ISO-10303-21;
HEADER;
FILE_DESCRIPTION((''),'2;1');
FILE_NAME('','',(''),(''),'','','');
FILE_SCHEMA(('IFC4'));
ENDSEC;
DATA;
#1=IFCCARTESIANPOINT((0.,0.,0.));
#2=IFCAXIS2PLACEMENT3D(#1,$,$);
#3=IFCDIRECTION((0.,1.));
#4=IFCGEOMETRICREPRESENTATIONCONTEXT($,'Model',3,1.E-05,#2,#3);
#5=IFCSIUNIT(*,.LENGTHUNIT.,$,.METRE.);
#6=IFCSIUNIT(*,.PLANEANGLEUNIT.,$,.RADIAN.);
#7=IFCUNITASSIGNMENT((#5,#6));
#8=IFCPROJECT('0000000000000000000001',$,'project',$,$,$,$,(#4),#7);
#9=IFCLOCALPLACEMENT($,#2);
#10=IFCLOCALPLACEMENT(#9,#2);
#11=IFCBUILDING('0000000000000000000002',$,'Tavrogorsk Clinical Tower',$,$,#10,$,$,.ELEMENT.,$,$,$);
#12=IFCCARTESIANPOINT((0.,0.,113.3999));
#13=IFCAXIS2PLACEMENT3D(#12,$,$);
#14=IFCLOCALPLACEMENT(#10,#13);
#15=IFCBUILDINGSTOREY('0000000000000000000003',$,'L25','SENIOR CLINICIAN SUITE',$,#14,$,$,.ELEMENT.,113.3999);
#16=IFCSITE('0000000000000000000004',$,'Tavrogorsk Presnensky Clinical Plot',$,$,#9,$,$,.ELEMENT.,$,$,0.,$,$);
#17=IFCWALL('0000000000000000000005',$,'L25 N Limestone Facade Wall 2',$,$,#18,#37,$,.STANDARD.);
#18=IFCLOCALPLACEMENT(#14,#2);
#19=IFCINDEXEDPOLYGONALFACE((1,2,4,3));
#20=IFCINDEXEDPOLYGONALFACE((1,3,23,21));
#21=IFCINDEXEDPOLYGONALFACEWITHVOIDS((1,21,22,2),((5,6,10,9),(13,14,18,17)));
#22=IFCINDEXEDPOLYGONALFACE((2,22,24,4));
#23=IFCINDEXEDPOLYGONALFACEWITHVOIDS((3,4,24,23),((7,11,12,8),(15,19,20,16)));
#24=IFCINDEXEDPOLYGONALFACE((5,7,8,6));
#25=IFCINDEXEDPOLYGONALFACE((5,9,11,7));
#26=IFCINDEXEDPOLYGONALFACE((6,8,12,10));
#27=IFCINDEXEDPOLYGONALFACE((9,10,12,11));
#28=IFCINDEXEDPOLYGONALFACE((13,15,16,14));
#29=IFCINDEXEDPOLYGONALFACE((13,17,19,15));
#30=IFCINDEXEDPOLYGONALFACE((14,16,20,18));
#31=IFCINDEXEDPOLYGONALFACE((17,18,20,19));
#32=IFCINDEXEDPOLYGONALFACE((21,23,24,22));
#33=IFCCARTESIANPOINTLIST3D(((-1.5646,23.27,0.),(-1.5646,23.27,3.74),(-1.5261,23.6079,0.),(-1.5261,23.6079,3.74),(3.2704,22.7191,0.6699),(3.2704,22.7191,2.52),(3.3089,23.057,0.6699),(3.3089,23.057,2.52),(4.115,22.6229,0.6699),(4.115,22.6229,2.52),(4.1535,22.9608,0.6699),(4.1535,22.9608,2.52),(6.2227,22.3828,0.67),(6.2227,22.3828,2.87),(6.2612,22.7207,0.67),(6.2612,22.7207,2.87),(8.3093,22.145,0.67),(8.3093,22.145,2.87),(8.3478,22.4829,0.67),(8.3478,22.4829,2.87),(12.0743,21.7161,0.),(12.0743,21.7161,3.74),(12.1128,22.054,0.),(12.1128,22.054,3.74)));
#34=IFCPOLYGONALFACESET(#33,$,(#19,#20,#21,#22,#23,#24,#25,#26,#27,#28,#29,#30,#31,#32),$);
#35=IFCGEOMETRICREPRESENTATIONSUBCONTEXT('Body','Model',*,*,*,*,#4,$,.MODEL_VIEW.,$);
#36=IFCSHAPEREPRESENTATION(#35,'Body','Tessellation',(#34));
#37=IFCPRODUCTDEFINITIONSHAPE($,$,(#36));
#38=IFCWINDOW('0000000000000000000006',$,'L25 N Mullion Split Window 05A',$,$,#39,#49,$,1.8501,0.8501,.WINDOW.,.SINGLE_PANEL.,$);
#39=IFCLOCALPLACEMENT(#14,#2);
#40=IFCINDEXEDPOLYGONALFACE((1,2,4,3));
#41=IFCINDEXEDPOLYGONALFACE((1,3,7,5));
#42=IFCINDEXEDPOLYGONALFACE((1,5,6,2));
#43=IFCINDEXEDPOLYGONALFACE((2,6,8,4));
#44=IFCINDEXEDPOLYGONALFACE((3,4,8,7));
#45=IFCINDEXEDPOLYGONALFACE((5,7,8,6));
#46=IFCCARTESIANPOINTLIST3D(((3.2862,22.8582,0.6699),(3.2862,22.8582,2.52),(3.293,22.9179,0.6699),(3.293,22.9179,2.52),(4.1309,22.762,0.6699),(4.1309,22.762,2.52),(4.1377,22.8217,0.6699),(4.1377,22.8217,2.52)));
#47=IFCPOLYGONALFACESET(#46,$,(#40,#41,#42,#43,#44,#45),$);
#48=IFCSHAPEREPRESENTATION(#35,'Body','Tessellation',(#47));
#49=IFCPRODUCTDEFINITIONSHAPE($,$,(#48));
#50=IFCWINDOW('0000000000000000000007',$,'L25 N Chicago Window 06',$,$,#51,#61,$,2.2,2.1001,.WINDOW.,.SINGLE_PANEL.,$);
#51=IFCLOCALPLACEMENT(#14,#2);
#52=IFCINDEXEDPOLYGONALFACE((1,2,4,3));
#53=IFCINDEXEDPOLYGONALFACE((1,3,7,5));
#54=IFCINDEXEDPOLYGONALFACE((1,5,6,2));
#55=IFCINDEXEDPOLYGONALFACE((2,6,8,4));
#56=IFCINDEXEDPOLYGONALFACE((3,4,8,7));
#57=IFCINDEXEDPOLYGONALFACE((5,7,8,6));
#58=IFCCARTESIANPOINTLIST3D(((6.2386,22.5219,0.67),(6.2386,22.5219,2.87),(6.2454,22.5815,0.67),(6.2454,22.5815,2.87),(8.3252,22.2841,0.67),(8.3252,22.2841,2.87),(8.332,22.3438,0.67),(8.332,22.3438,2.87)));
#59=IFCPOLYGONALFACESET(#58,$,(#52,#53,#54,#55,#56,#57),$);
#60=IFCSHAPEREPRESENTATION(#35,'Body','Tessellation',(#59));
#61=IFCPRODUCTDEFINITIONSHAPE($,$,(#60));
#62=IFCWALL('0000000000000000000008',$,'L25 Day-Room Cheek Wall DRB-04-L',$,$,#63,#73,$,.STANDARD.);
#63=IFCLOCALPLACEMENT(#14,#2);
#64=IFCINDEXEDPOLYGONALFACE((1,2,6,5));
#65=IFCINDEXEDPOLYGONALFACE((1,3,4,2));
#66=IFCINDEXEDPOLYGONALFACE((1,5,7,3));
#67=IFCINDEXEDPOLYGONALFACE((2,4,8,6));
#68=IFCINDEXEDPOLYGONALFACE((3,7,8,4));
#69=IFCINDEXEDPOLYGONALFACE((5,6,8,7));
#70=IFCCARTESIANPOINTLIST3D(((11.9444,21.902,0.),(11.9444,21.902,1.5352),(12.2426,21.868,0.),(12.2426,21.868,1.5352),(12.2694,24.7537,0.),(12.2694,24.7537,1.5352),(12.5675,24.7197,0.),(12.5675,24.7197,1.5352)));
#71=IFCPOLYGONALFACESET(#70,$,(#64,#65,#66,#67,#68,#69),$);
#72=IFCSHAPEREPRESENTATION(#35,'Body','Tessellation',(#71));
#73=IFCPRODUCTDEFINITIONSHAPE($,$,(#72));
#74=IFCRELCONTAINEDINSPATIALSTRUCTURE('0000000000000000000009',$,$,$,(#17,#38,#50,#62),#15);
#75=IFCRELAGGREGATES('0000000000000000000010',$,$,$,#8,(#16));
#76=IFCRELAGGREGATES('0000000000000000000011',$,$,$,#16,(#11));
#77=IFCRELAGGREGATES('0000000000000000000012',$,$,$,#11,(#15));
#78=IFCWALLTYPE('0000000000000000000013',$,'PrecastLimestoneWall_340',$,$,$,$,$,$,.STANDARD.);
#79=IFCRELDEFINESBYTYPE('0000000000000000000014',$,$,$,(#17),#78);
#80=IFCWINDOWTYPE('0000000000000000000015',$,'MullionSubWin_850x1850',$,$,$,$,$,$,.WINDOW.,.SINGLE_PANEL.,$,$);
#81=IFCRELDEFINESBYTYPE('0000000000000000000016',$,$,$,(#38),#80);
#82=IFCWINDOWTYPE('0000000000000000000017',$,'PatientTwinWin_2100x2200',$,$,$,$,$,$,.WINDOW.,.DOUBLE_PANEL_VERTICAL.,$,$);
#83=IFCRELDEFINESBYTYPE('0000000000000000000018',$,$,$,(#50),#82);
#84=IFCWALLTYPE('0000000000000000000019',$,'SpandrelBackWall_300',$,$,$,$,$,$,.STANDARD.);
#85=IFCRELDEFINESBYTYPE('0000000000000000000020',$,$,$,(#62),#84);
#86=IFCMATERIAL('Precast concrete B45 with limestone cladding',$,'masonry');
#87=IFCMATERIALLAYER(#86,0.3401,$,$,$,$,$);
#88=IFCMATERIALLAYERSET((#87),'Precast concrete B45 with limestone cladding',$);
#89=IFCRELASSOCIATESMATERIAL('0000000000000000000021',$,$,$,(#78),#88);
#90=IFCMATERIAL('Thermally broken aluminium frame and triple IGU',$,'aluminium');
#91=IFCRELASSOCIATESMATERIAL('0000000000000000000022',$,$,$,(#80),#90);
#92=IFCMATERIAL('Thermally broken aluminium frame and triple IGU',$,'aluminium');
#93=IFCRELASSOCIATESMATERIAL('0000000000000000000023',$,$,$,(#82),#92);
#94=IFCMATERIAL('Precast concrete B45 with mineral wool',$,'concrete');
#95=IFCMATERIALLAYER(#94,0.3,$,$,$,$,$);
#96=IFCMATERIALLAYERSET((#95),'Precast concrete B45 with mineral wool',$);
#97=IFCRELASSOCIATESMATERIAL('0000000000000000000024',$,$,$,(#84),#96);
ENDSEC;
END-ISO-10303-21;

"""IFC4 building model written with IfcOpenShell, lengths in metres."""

from ifc_helpers import new_model, si_unit, direction, frame, frame_2d, origin, place, context, subcontext, project, spatial, rectangle, extrude, material, layer, layer_set, type_object, element, fill, save


model = new_model("IFC4")

# Units and contexts
model_context = context("Model", 3, precision=1e-05, world=origin(), true_north=direction((0.0, 1.0)))
body_context = subcontext(model_context, "Body", "Model", "MODEL_VIEW")
ifc_project = project(units=[si_unit("LENGTHUNIT", "METRE"), si_unit("PLANEANGLEUNIT", "RADIAN")], contexts=[model_context])

# Site, building, storey
site_placement = place(None, origin())
site = spatial("IfcSite", under=ifc_project, at=site_placement, Name="Tavrogorsk Presnensky Clinical Plot", CompositionType="ELEMENT", RefElevation=0.0)
building_placement = place(site_placement, origin())
building = spatial("IfcBuilding", under=site, at=building_placement, Name="Tavrogorsk Clinical Tower", CompositionType="ELEMENT")
storey_placement = place(building_placement, frame((0.0, 0.0, 113.3999)))
storey = spatial("IfcBuildingStorey", under=building, at=storey_placement, Name="L25", Description="SENIOR CLINICIAN SUITE", CompositionType="ELEMENT", Elevation=113.3999)

# Wall, openings, windows
ifc_material_1 = material(Name="Precast concrete B45 with limestone cladding", Category="masonry")
ifc_layer_1 = layer(ifc_material_1, 0.3401)
ifc_layer_set_1 = layer_set([ifc_layer_1], Name="Precast concrete B45 with limestone cladding")
wall_type_1 = type_object("IfcWallType", Name="PrecastLimestoneWall_340", PredefinedType="STANDARD", material=ifc_layer_set_1)
wall_1_placement = place(storey_placement, frame((12.0935, 21.885, 0.0), z_axis=(0.0, 0.0, 1.0), x_axis=(-0.993572, 0.113203, 0.0)))
wall_1 = element("IfcWall", 1, at=wall_1_placement, inside=storey, type_object=wall_type_1, Name="L25 N Limestone Facade Wall 2", PredefinedType="STANDARD", context=body_context, shape_type="SweptSolid", body=[
    extrude(rectangle(XDim=13.7271, YDim=0.3401, at=frame_2d((6.8635, 0.0))), origin(), (0.0, 0.0, 1.0), 3.74),
])
opening_1_placement = place(wall_1_placement, frame((8.0107, 0.0, 0.6699)))
opening_1 = element("IfcOpeningElement", 2, at=opening_1_placement, cuts=wall_1, PredefinedType="OPENING", context=body_context, shape_type="SweptSolid", body=[
    extrude(rectangle(XDim=0.8501, YDim=1.8501, at=frame_2d((0.425, 0.925))), frame((0.0, 0.1799, 0.0), z_axis=(0.0, -1.0, 0.0), x_axis=(1.0, 0.0, 0.0)), (0.0, 0.0, 1.0), 0.3601),
])
opening_2_placement = place(wall_1_placement, frame((3.7893, 0.0, 0.6699)))
opening_2 = element("IfcOpeningElement", 3, at=opening_2_placement, cuts=wall_1, PredefinedType="OPENING", context=body_context, shape_type="SweptSolid", body=[
    extrude(rectangle(XDim=2.1001, YDim=2.2, at=frame_2d((1.05, 1.1001))), frame((0.0, 0.1799, 0.0), z_axis=(0.0, -1.0, 0.0), x_axis=(1.0, 0.0, 0.0)), (0.0, 0.0, 1.0), 0.3601),
])
ifc_material_2 = material(Name="Thermally broken aluminium frame and triple IGU", Category="aluminium")
window_type_1 = type_object("IfcWindowType", Name="MullionSubWin_850x1850", PartitioningType="SINGLE_PANEL", PredefinedType="WINDOW", material=ifc_material_2)
window_1_placement = place(opening_1_placement, origin())
window_1 = element("IfcWindow", 4, at=window_1_placement, inside=storey, type_object=window_type_1, Name="L25 N Mullion Split Window 05A", OverallHeight=1.8501, OverallWidth=0.8501, PartitioningType="SINGLE_PANEL", PredefinedType="WINDOW", context=body_context, shape_type="SweptSolid", body=[
    extrude(rectangle(XDim=0.8501, YDim=1.8501, at=frame_2d((0.425, 0.925))), frame((0.0, 0.03, 0.0), z_axis=(0.0, -1.0, 0.0), x_axis=(1.0, 0.0, 0.0)), (0.0, 0.0, 1.0), 0.0601),
])
fill(opening_1, window_1)
ifc_material_3 = material(Name="Thermally broken aluminium frame and triple IGU", Category="aluminium")
window_type_2 = type_object("IfcWindowType", Name="PatientTwinWin_2100x2200", PartitioningType="DOUBLE_PANEL_VERTICAL", PredefinedType="WINDOW", material=ifc_material_3)
window_2_placement = place(opening_2_placement, origin())
window_2 = element("IfcWindow", 5, at=window_2_placement, inside=storey, type_object=window_type_2, Name="L25 N Chicago Window 06", OverallHeight=2.2, OverallWidth=2.1001, PartitioningType="SINGLE_PANEL", PredefinedType="WINDOW", context=body_context, shape_type="SweptSolid", body=[
    extrude(rectangle(XDim=2.1001, YDim=2.2, at=frame_2d((1.05, 1.1001))), frame((0.0, 0.03, 0.0), z_axis=(0.0, -1.0, 0.0), x_axis=(1.0, 0.0, 0.0)), (0.0, 0.0, 1.0), 0.0601),
])
fill(opening_2, window_2)

# Wall
ifc_material_4 = material(Name="Precast concrete B45 with mineral wool", Category="concrete")
ifc_layer_2 = layer(ifc_material_4, 0.3)
ifc_layer_set_2 = layer_set([ifc_layer_2], Name="Precast concrete B45 with mineral wool")
wall_type_2 = type_object("IfcWallType", Name="SpandrelBackWall_300", PredefinedType="STANDARD", material=ifc_layer_set_2)
wall_2_placement = place(storey_placement, frame((12.0935, 21.885, 0.0), z_axis=(0.0, 0.0, 1.0), x_axis=(0.113223, 0.99357, 0.0)))
element("IfcWall", 6, at=wall_2_placement, inside=storey, type_object=wall_type_2, Name="L25 Day-Room Cheek Wall DRB-04-L", PredefinedType="STANDARD", context=body_context, shape_type="SweptSolid", body=[
    extrude(rectangle(XDim=2.8701, YDim=0.3, at=frame_2d((1.4351, 0.0))), origin(), (0.0, 0.0, 1.0), 1.5352),
])

save(model, "model.ifc")
